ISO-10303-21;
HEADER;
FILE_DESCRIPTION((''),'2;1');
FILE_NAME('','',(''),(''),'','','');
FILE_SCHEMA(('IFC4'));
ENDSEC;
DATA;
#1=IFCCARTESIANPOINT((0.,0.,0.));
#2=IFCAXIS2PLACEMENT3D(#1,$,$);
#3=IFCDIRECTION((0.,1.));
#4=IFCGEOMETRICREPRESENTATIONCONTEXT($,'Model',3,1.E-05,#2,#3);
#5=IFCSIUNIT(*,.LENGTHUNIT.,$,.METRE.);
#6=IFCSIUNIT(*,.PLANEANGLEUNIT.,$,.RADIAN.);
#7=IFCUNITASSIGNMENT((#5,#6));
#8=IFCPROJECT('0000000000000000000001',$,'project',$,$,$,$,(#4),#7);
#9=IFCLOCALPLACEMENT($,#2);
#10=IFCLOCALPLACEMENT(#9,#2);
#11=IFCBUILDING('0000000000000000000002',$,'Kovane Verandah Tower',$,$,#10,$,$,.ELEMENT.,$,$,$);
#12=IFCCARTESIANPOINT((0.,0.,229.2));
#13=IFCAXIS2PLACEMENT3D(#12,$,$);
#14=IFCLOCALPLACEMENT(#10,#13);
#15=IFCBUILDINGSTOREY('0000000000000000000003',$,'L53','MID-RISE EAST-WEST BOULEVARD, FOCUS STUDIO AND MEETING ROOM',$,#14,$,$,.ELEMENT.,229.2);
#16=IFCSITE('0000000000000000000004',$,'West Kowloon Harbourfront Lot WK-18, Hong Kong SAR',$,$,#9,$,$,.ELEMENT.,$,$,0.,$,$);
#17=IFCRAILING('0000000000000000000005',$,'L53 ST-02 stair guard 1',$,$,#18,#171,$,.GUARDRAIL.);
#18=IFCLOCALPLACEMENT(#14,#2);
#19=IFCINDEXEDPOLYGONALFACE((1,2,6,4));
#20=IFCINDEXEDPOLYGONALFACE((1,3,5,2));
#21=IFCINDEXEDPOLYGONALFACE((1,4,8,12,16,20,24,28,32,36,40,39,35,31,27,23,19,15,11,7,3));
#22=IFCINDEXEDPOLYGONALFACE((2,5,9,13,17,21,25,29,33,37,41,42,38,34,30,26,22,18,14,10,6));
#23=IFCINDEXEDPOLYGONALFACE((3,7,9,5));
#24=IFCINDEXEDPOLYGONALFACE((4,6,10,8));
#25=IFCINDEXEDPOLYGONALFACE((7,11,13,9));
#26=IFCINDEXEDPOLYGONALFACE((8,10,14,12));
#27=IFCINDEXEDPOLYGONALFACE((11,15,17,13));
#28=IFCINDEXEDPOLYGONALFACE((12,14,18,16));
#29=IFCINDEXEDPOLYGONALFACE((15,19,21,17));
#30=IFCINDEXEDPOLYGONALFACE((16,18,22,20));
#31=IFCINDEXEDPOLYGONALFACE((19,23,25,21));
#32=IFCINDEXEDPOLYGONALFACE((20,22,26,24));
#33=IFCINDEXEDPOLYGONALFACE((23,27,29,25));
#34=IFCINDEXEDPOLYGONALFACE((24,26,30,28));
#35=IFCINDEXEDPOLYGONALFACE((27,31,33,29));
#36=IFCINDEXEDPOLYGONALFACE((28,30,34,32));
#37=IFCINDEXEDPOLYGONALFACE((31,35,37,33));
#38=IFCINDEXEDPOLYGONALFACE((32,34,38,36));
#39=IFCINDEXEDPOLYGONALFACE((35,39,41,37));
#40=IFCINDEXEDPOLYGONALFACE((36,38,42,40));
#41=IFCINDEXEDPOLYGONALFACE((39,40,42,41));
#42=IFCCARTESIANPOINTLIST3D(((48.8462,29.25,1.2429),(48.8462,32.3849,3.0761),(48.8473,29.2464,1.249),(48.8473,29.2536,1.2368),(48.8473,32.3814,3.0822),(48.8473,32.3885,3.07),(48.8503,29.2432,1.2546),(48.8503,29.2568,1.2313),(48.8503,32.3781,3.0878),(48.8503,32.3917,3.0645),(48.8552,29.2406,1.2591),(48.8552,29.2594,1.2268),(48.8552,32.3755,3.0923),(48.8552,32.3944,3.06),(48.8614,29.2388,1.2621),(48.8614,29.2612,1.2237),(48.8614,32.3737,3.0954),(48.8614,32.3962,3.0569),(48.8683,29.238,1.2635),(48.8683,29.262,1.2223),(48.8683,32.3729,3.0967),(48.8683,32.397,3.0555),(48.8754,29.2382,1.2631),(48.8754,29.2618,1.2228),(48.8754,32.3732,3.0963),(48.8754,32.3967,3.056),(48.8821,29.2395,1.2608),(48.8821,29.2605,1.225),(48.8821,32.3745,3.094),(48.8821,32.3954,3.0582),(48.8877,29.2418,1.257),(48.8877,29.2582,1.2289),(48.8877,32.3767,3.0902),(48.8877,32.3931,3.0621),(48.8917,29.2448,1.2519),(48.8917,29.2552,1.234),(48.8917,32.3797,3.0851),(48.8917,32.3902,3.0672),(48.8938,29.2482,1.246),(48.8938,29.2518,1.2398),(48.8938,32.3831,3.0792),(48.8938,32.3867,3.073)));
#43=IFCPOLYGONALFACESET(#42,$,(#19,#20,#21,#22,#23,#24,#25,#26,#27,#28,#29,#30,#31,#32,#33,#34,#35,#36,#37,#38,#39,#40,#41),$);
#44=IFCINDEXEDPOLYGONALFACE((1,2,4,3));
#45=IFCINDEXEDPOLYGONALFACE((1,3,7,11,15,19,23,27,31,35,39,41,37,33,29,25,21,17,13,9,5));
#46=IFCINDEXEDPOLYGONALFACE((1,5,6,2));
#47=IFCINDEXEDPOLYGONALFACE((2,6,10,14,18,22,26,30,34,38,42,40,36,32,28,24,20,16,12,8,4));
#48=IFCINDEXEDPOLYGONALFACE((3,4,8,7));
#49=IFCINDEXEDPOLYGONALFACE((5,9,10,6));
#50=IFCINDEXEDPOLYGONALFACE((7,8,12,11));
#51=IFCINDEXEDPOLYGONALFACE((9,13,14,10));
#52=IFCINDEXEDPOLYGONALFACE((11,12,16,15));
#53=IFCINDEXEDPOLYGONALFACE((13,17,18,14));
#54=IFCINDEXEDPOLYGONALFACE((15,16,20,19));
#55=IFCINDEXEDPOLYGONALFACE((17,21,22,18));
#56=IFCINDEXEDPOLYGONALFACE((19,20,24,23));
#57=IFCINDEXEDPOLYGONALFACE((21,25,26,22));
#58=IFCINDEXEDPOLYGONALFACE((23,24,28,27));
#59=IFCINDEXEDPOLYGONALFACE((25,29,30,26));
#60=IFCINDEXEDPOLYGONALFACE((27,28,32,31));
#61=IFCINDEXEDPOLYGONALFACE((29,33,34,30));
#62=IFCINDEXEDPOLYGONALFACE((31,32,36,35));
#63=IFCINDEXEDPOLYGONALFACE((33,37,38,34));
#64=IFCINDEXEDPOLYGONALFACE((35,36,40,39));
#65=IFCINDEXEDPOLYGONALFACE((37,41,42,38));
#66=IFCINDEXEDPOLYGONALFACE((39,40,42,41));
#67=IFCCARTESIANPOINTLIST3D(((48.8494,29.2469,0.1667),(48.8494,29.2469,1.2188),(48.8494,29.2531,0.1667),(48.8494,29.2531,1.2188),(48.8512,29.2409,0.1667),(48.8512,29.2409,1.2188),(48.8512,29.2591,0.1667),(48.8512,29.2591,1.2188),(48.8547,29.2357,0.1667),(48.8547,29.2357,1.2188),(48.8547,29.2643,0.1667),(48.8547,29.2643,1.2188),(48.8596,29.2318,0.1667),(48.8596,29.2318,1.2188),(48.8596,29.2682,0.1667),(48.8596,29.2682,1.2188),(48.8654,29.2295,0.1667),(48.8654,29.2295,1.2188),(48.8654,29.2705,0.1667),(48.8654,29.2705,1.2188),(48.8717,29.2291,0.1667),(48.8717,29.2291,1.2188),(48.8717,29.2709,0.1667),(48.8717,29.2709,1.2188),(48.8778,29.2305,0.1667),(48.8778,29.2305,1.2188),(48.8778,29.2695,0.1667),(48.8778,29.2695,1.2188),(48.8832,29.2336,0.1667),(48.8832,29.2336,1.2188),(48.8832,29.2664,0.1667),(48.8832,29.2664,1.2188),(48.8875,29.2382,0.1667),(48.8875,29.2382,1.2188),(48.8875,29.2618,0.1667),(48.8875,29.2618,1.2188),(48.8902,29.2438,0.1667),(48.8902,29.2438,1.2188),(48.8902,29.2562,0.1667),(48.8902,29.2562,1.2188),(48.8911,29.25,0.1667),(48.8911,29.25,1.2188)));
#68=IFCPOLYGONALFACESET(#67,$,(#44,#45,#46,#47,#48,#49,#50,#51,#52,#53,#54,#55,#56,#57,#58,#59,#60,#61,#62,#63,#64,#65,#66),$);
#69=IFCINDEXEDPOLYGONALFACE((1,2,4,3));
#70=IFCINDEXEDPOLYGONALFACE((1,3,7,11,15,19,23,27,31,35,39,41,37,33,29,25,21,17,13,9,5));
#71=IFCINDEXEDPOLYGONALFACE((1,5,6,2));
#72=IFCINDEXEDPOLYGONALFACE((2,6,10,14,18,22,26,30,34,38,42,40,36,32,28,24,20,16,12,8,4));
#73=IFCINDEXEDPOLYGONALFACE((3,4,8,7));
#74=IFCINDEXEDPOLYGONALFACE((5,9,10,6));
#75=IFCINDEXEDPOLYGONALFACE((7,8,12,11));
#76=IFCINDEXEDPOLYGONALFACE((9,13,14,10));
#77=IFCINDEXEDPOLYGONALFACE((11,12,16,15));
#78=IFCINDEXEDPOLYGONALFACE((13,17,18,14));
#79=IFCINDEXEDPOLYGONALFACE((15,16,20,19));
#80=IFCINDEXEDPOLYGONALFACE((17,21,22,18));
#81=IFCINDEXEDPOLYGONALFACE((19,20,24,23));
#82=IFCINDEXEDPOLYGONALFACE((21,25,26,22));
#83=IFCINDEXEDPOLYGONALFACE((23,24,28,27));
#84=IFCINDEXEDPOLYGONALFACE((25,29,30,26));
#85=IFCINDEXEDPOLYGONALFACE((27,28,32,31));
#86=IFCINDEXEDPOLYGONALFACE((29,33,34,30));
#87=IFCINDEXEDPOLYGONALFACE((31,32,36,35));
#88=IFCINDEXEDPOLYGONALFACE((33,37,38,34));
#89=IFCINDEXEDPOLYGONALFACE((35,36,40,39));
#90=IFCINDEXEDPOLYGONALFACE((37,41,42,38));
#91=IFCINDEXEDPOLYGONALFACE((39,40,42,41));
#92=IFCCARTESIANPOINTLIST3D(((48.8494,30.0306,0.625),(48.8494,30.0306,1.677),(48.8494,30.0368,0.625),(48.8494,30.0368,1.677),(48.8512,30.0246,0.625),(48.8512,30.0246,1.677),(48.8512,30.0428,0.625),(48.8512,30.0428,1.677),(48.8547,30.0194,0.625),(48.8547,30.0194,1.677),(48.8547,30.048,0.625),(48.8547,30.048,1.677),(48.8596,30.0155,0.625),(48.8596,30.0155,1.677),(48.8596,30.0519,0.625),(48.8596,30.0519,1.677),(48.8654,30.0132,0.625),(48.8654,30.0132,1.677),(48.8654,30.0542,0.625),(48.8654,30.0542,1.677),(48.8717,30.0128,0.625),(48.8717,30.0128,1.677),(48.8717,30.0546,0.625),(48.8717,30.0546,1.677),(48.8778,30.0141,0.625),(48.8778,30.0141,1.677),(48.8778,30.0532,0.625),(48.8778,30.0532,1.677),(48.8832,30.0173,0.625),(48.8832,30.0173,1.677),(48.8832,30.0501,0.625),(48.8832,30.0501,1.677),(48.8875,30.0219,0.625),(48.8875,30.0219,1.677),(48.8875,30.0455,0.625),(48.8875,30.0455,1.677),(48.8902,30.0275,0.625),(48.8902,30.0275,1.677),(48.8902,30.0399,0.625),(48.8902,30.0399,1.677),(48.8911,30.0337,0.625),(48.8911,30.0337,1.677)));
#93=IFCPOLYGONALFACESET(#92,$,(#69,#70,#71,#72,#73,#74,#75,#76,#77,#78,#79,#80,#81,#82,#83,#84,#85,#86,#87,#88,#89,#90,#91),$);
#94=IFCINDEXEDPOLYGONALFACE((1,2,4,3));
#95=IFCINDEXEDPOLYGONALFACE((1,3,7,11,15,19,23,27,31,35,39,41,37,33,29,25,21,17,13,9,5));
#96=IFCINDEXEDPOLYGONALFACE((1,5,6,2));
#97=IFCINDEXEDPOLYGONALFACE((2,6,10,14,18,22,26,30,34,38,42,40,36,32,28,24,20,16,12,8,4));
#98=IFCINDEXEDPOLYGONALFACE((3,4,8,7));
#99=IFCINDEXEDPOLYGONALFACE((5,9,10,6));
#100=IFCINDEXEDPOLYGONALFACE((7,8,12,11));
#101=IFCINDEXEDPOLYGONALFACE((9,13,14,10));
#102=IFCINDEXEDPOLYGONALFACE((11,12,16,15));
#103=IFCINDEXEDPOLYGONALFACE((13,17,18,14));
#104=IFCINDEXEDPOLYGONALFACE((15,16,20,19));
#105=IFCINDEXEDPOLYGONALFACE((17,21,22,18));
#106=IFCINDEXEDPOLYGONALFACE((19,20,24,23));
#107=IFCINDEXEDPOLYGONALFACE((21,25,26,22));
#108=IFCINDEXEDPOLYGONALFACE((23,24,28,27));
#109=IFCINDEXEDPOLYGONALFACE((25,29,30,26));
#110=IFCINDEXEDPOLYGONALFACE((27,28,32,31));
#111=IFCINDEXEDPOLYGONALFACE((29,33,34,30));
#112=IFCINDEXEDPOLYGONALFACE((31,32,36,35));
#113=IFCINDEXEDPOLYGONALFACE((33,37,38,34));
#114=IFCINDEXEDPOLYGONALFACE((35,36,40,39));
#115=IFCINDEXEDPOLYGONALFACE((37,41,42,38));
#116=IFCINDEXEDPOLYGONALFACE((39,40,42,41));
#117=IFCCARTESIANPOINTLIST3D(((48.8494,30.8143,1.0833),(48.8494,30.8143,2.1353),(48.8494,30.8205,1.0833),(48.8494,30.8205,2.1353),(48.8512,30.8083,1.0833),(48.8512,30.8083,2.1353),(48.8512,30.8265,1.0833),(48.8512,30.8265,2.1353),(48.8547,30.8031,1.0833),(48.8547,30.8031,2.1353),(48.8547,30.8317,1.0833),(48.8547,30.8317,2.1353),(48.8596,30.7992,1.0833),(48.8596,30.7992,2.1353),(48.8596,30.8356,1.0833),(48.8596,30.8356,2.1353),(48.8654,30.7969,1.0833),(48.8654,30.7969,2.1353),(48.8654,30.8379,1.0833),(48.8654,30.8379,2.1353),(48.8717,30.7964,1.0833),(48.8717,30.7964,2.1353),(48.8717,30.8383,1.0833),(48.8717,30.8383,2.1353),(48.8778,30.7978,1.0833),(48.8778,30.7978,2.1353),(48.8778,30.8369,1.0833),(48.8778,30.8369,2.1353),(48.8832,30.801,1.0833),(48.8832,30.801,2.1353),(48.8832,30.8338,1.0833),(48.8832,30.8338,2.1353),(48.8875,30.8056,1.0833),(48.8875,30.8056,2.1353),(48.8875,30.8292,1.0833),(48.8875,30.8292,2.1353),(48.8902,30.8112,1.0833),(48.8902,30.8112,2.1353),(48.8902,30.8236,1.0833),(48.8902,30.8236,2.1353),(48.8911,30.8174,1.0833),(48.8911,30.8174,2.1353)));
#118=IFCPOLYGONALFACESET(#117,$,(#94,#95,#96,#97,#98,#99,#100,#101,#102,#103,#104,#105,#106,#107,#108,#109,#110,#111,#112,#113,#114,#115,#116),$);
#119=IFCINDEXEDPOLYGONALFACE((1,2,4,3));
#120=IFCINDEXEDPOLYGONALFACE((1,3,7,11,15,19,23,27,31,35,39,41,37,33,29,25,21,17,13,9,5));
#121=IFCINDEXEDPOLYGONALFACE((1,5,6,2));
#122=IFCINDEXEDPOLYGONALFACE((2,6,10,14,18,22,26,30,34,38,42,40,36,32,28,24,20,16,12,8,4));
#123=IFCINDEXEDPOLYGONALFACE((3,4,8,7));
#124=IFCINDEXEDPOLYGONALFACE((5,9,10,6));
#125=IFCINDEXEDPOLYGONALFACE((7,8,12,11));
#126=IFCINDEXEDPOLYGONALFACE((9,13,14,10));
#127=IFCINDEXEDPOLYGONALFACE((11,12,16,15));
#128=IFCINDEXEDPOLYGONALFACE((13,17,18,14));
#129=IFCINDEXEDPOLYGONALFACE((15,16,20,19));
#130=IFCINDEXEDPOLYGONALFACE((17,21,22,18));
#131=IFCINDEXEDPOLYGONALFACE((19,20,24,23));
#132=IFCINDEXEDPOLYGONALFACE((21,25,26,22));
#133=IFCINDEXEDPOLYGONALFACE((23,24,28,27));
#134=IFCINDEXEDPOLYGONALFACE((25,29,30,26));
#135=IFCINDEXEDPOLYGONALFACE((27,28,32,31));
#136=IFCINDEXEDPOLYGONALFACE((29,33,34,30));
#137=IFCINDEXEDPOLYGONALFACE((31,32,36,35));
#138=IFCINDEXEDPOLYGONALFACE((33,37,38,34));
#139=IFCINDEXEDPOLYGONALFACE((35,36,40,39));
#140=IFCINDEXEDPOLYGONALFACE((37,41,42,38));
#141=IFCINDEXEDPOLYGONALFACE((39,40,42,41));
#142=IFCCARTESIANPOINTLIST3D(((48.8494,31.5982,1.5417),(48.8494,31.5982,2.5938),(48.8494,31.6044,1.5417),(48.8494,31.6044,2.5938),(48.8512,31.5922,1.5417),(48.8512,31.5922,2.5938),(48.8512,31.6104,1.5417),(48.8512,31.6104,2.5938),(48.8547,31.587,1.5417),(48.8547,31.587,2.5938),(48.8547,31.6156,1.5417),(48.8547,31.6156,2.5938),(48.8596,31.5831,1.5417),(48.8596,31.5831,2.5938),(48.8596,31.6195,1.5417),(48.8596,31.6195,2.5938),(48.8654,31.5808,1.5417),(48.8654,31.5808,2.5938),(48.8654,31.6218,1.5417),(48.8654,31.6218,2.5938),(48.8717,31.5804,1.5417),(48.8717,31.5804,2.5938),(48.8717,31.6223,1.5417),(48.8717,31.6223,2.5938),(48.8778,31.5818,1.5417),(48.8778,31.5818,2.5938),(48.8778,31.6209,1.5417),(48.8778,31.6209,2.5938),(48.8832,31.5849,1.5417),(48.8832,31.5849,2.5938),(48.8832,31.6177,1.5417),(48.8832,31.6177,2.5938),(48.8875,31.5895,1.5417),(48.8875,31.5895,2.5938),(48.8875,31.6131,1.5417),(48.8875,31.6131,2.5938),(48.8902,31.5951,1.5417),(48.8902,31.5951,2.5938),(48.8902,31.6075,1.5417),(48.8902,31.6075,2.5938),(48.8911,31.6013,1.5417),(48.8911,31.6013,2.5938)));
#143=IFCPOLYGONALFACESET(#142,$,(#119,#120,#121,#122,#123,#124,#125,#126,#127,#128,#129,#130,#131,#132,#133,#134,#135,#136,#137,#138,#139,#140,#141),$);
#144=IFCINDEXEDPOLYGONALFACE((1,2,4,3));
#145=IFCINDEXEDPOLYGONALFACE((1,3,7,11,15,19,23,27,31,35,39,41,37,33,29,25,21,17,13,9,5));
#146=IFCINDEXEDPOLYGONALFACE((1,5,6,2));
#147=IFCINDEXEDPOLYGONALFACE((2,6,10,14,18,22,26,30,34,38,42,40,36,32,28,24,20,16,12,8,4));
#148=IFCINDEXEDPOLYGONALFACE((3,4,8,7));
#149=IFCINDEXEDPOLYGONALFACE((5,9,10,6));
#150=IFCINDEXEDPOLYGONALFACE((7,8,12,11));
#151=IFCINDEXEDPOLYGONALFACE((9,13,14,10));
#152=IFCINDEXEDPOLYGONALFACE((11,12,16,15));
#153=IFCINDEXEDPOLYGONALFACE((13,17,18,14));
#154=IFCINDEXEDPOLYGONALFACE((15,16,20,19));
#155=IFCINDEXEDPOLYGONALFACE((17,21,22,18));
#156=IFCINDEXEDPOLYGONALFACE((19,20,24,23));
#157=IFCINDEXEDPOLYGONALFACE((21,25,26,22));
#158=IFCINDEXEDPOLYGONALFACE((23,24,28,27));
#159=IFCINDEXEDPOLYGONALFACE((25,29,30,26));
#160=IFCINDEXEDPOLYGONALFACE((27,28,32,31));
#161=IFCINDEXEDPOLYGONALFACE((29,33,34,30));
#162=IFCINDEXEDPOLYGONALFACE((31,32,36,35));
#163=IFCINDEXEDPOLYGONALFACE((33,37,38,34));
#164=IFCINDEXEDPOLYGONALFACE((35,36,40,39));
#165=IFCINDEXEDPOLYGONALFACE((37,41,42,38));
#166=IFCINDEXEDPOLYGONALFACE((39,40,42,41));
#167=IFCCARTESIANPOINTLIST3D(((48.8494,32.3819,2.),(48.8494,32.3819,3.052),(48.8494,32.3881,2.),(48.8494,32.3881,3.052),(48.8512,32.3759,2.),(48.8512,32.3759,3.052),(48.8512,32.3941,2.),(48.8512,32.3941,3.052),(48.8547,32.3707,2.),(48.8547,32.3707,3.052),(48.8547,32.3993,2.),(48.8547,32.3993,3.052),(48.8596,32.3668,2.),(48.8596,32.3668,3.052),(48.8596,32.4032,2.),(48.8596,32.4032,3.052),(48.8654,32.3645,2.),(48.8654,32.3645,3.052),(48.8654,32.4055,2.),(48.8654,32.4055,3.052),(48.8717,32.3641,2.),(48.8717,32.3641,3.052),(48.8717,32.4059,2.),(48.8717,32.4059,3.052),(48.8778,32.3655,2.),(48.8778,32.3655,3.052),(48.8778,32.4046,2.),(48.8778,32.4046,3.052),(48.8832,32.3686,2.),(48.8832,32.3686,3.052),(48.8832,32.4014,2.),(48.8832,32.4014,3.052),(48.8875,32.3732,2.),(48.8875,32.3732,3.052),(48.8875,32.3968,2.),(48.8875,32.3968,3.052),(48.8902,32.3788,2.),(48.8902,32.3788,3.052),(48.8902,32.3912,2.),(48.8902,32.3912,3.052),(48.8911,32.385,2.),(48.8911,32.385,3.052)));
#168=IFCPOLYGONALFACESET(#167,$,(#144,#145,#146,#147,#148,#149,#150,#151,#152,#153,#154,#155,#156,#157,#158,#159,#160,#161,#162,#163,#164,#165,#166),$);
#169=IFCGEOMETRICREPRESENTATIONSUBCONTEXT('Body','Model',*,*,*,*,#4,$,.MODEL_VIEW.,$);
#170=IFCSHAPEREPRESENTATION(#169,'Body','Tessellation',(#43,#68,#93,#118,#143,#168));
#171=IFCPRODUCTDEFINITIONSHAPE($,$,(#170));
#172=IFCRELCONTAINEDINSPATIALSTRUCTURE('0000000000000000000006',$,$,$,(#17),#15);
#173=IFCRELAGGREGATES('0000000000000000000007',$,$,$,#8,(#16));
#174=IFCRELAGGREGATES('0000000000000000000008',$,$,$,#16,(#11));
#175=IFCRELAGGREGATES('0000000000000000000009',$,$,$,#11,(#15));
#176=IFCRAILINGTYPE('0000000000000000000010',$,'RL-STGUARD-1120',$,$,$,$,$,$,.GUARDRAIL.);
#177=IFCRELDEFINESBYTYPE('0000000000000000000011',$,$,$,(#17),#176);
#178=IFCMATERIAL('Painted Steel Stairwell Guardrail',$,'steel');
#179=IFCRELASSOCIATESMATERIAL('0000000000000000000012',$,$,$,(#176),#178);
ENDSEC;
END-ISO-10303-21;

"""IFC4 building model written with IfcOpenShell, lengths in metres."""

from ifc_helpers import new_model, si_unit, direction, frame, origin, origin_2d, place, context, subcontext, project, spatial, circle, extrude, material, type_object, element, save


model = new_model("IFC4")

# Units and contexts
model_context = context("Model", 3, precision=1e-05, world=origin(), true_north=direction((0.0, 1.0)))
body_context = subcontext(model_context, "Body", "Model", "MODEL_VIEW")
ifc_project = project(units=[si_unit("LENGTHUNIT", "METRE"), si_unit("PLANEANGLEUNIT", "RADIAN")], contexts=[model_context])

# Site, building, storey
site_placement = place(None, origin())
site = spatial("IfcSite", under=ifc_project, at=site_placement, Name="West Kowloon Harbourfront Lot WK-18, Hong Kong SAR", CompositionType="ELEMENT", RefElevation=0.0)
building_placement = place(site_placement, origin())
building = spatial("IfcBuilding", under=site, at=building_placement, Name="Kovane Verandah Tower", CompositionType="ELEMENT")
storey_placement = place(building_placement, frame((0.0, 0.0, 229.2)))
storey = spatial("IfcBuildingStorey", under=building, at=storey_placement, Name="L53", Description="MID-RISE EAST-WEST BOULEVARD, FOCUS STUDIO AND MEETING ROOM", CompositionType="ELEMENT", Elevation=229.2)

# Railing
ifc_material_1 = material(Name="Painted Steel Stairwell Guardrail", Category="steel")
railing_type_1 = type_object("IfcRailingType", Name="RL-STGUARD-1120", PredefinedType="GUARDRAIL", material=ifc_material_1)
railing_1_placement = place(storey_placement, frame((48.8701, 29.25, 0.1667)))
element("IfcRailing", 1, at=railing_1_placement, inside=storey, type_object=railing_type_1, Name="L53 ST-02 stair guard 1", PredefinedType="GUARDRAIL", context=body_context, shape_type="SweptSolid", body=[
    extrude(circle(Radius=0.0239, at=origin_2d()), frame((0.0, 0.0, 1.0762), z_axis=(0.0, 0.86324, 0.504794), x_axis=(-1.0, 0.0, 0.0)), (0.0, 0.0, 1.0), 3.6316),
    extrude(circle(Radius=0.021, at=origin_2d()), origin(), (0.0, 0.0, 1.0), 1.052),
    extrude(circle(Radius=0.021, at=origin_2d()), frame((0.0, 0.7837, 0.4583)), (0.0, 0.0, 1.0), 1.052),
    extrude(circle(Radius=0.021, at=origin_2d()), frame((0.0, 1.5674, 0.9165)), (0.0, 0.0, 1.0), 1.052),
    extrude(circle(Radius=0.021, at=origin_2d()), frame((0.0, 2.3513, 1.375)), (0.0, 0.0, 1.0), 1.052),
    extrude(circle(Radius=0.021, at=origin_2d()), frame((0.0, 3.135, 1.8333)), (0.0, 0.0, 1.0), 1.052),
])

save(model, "model.ifc")
